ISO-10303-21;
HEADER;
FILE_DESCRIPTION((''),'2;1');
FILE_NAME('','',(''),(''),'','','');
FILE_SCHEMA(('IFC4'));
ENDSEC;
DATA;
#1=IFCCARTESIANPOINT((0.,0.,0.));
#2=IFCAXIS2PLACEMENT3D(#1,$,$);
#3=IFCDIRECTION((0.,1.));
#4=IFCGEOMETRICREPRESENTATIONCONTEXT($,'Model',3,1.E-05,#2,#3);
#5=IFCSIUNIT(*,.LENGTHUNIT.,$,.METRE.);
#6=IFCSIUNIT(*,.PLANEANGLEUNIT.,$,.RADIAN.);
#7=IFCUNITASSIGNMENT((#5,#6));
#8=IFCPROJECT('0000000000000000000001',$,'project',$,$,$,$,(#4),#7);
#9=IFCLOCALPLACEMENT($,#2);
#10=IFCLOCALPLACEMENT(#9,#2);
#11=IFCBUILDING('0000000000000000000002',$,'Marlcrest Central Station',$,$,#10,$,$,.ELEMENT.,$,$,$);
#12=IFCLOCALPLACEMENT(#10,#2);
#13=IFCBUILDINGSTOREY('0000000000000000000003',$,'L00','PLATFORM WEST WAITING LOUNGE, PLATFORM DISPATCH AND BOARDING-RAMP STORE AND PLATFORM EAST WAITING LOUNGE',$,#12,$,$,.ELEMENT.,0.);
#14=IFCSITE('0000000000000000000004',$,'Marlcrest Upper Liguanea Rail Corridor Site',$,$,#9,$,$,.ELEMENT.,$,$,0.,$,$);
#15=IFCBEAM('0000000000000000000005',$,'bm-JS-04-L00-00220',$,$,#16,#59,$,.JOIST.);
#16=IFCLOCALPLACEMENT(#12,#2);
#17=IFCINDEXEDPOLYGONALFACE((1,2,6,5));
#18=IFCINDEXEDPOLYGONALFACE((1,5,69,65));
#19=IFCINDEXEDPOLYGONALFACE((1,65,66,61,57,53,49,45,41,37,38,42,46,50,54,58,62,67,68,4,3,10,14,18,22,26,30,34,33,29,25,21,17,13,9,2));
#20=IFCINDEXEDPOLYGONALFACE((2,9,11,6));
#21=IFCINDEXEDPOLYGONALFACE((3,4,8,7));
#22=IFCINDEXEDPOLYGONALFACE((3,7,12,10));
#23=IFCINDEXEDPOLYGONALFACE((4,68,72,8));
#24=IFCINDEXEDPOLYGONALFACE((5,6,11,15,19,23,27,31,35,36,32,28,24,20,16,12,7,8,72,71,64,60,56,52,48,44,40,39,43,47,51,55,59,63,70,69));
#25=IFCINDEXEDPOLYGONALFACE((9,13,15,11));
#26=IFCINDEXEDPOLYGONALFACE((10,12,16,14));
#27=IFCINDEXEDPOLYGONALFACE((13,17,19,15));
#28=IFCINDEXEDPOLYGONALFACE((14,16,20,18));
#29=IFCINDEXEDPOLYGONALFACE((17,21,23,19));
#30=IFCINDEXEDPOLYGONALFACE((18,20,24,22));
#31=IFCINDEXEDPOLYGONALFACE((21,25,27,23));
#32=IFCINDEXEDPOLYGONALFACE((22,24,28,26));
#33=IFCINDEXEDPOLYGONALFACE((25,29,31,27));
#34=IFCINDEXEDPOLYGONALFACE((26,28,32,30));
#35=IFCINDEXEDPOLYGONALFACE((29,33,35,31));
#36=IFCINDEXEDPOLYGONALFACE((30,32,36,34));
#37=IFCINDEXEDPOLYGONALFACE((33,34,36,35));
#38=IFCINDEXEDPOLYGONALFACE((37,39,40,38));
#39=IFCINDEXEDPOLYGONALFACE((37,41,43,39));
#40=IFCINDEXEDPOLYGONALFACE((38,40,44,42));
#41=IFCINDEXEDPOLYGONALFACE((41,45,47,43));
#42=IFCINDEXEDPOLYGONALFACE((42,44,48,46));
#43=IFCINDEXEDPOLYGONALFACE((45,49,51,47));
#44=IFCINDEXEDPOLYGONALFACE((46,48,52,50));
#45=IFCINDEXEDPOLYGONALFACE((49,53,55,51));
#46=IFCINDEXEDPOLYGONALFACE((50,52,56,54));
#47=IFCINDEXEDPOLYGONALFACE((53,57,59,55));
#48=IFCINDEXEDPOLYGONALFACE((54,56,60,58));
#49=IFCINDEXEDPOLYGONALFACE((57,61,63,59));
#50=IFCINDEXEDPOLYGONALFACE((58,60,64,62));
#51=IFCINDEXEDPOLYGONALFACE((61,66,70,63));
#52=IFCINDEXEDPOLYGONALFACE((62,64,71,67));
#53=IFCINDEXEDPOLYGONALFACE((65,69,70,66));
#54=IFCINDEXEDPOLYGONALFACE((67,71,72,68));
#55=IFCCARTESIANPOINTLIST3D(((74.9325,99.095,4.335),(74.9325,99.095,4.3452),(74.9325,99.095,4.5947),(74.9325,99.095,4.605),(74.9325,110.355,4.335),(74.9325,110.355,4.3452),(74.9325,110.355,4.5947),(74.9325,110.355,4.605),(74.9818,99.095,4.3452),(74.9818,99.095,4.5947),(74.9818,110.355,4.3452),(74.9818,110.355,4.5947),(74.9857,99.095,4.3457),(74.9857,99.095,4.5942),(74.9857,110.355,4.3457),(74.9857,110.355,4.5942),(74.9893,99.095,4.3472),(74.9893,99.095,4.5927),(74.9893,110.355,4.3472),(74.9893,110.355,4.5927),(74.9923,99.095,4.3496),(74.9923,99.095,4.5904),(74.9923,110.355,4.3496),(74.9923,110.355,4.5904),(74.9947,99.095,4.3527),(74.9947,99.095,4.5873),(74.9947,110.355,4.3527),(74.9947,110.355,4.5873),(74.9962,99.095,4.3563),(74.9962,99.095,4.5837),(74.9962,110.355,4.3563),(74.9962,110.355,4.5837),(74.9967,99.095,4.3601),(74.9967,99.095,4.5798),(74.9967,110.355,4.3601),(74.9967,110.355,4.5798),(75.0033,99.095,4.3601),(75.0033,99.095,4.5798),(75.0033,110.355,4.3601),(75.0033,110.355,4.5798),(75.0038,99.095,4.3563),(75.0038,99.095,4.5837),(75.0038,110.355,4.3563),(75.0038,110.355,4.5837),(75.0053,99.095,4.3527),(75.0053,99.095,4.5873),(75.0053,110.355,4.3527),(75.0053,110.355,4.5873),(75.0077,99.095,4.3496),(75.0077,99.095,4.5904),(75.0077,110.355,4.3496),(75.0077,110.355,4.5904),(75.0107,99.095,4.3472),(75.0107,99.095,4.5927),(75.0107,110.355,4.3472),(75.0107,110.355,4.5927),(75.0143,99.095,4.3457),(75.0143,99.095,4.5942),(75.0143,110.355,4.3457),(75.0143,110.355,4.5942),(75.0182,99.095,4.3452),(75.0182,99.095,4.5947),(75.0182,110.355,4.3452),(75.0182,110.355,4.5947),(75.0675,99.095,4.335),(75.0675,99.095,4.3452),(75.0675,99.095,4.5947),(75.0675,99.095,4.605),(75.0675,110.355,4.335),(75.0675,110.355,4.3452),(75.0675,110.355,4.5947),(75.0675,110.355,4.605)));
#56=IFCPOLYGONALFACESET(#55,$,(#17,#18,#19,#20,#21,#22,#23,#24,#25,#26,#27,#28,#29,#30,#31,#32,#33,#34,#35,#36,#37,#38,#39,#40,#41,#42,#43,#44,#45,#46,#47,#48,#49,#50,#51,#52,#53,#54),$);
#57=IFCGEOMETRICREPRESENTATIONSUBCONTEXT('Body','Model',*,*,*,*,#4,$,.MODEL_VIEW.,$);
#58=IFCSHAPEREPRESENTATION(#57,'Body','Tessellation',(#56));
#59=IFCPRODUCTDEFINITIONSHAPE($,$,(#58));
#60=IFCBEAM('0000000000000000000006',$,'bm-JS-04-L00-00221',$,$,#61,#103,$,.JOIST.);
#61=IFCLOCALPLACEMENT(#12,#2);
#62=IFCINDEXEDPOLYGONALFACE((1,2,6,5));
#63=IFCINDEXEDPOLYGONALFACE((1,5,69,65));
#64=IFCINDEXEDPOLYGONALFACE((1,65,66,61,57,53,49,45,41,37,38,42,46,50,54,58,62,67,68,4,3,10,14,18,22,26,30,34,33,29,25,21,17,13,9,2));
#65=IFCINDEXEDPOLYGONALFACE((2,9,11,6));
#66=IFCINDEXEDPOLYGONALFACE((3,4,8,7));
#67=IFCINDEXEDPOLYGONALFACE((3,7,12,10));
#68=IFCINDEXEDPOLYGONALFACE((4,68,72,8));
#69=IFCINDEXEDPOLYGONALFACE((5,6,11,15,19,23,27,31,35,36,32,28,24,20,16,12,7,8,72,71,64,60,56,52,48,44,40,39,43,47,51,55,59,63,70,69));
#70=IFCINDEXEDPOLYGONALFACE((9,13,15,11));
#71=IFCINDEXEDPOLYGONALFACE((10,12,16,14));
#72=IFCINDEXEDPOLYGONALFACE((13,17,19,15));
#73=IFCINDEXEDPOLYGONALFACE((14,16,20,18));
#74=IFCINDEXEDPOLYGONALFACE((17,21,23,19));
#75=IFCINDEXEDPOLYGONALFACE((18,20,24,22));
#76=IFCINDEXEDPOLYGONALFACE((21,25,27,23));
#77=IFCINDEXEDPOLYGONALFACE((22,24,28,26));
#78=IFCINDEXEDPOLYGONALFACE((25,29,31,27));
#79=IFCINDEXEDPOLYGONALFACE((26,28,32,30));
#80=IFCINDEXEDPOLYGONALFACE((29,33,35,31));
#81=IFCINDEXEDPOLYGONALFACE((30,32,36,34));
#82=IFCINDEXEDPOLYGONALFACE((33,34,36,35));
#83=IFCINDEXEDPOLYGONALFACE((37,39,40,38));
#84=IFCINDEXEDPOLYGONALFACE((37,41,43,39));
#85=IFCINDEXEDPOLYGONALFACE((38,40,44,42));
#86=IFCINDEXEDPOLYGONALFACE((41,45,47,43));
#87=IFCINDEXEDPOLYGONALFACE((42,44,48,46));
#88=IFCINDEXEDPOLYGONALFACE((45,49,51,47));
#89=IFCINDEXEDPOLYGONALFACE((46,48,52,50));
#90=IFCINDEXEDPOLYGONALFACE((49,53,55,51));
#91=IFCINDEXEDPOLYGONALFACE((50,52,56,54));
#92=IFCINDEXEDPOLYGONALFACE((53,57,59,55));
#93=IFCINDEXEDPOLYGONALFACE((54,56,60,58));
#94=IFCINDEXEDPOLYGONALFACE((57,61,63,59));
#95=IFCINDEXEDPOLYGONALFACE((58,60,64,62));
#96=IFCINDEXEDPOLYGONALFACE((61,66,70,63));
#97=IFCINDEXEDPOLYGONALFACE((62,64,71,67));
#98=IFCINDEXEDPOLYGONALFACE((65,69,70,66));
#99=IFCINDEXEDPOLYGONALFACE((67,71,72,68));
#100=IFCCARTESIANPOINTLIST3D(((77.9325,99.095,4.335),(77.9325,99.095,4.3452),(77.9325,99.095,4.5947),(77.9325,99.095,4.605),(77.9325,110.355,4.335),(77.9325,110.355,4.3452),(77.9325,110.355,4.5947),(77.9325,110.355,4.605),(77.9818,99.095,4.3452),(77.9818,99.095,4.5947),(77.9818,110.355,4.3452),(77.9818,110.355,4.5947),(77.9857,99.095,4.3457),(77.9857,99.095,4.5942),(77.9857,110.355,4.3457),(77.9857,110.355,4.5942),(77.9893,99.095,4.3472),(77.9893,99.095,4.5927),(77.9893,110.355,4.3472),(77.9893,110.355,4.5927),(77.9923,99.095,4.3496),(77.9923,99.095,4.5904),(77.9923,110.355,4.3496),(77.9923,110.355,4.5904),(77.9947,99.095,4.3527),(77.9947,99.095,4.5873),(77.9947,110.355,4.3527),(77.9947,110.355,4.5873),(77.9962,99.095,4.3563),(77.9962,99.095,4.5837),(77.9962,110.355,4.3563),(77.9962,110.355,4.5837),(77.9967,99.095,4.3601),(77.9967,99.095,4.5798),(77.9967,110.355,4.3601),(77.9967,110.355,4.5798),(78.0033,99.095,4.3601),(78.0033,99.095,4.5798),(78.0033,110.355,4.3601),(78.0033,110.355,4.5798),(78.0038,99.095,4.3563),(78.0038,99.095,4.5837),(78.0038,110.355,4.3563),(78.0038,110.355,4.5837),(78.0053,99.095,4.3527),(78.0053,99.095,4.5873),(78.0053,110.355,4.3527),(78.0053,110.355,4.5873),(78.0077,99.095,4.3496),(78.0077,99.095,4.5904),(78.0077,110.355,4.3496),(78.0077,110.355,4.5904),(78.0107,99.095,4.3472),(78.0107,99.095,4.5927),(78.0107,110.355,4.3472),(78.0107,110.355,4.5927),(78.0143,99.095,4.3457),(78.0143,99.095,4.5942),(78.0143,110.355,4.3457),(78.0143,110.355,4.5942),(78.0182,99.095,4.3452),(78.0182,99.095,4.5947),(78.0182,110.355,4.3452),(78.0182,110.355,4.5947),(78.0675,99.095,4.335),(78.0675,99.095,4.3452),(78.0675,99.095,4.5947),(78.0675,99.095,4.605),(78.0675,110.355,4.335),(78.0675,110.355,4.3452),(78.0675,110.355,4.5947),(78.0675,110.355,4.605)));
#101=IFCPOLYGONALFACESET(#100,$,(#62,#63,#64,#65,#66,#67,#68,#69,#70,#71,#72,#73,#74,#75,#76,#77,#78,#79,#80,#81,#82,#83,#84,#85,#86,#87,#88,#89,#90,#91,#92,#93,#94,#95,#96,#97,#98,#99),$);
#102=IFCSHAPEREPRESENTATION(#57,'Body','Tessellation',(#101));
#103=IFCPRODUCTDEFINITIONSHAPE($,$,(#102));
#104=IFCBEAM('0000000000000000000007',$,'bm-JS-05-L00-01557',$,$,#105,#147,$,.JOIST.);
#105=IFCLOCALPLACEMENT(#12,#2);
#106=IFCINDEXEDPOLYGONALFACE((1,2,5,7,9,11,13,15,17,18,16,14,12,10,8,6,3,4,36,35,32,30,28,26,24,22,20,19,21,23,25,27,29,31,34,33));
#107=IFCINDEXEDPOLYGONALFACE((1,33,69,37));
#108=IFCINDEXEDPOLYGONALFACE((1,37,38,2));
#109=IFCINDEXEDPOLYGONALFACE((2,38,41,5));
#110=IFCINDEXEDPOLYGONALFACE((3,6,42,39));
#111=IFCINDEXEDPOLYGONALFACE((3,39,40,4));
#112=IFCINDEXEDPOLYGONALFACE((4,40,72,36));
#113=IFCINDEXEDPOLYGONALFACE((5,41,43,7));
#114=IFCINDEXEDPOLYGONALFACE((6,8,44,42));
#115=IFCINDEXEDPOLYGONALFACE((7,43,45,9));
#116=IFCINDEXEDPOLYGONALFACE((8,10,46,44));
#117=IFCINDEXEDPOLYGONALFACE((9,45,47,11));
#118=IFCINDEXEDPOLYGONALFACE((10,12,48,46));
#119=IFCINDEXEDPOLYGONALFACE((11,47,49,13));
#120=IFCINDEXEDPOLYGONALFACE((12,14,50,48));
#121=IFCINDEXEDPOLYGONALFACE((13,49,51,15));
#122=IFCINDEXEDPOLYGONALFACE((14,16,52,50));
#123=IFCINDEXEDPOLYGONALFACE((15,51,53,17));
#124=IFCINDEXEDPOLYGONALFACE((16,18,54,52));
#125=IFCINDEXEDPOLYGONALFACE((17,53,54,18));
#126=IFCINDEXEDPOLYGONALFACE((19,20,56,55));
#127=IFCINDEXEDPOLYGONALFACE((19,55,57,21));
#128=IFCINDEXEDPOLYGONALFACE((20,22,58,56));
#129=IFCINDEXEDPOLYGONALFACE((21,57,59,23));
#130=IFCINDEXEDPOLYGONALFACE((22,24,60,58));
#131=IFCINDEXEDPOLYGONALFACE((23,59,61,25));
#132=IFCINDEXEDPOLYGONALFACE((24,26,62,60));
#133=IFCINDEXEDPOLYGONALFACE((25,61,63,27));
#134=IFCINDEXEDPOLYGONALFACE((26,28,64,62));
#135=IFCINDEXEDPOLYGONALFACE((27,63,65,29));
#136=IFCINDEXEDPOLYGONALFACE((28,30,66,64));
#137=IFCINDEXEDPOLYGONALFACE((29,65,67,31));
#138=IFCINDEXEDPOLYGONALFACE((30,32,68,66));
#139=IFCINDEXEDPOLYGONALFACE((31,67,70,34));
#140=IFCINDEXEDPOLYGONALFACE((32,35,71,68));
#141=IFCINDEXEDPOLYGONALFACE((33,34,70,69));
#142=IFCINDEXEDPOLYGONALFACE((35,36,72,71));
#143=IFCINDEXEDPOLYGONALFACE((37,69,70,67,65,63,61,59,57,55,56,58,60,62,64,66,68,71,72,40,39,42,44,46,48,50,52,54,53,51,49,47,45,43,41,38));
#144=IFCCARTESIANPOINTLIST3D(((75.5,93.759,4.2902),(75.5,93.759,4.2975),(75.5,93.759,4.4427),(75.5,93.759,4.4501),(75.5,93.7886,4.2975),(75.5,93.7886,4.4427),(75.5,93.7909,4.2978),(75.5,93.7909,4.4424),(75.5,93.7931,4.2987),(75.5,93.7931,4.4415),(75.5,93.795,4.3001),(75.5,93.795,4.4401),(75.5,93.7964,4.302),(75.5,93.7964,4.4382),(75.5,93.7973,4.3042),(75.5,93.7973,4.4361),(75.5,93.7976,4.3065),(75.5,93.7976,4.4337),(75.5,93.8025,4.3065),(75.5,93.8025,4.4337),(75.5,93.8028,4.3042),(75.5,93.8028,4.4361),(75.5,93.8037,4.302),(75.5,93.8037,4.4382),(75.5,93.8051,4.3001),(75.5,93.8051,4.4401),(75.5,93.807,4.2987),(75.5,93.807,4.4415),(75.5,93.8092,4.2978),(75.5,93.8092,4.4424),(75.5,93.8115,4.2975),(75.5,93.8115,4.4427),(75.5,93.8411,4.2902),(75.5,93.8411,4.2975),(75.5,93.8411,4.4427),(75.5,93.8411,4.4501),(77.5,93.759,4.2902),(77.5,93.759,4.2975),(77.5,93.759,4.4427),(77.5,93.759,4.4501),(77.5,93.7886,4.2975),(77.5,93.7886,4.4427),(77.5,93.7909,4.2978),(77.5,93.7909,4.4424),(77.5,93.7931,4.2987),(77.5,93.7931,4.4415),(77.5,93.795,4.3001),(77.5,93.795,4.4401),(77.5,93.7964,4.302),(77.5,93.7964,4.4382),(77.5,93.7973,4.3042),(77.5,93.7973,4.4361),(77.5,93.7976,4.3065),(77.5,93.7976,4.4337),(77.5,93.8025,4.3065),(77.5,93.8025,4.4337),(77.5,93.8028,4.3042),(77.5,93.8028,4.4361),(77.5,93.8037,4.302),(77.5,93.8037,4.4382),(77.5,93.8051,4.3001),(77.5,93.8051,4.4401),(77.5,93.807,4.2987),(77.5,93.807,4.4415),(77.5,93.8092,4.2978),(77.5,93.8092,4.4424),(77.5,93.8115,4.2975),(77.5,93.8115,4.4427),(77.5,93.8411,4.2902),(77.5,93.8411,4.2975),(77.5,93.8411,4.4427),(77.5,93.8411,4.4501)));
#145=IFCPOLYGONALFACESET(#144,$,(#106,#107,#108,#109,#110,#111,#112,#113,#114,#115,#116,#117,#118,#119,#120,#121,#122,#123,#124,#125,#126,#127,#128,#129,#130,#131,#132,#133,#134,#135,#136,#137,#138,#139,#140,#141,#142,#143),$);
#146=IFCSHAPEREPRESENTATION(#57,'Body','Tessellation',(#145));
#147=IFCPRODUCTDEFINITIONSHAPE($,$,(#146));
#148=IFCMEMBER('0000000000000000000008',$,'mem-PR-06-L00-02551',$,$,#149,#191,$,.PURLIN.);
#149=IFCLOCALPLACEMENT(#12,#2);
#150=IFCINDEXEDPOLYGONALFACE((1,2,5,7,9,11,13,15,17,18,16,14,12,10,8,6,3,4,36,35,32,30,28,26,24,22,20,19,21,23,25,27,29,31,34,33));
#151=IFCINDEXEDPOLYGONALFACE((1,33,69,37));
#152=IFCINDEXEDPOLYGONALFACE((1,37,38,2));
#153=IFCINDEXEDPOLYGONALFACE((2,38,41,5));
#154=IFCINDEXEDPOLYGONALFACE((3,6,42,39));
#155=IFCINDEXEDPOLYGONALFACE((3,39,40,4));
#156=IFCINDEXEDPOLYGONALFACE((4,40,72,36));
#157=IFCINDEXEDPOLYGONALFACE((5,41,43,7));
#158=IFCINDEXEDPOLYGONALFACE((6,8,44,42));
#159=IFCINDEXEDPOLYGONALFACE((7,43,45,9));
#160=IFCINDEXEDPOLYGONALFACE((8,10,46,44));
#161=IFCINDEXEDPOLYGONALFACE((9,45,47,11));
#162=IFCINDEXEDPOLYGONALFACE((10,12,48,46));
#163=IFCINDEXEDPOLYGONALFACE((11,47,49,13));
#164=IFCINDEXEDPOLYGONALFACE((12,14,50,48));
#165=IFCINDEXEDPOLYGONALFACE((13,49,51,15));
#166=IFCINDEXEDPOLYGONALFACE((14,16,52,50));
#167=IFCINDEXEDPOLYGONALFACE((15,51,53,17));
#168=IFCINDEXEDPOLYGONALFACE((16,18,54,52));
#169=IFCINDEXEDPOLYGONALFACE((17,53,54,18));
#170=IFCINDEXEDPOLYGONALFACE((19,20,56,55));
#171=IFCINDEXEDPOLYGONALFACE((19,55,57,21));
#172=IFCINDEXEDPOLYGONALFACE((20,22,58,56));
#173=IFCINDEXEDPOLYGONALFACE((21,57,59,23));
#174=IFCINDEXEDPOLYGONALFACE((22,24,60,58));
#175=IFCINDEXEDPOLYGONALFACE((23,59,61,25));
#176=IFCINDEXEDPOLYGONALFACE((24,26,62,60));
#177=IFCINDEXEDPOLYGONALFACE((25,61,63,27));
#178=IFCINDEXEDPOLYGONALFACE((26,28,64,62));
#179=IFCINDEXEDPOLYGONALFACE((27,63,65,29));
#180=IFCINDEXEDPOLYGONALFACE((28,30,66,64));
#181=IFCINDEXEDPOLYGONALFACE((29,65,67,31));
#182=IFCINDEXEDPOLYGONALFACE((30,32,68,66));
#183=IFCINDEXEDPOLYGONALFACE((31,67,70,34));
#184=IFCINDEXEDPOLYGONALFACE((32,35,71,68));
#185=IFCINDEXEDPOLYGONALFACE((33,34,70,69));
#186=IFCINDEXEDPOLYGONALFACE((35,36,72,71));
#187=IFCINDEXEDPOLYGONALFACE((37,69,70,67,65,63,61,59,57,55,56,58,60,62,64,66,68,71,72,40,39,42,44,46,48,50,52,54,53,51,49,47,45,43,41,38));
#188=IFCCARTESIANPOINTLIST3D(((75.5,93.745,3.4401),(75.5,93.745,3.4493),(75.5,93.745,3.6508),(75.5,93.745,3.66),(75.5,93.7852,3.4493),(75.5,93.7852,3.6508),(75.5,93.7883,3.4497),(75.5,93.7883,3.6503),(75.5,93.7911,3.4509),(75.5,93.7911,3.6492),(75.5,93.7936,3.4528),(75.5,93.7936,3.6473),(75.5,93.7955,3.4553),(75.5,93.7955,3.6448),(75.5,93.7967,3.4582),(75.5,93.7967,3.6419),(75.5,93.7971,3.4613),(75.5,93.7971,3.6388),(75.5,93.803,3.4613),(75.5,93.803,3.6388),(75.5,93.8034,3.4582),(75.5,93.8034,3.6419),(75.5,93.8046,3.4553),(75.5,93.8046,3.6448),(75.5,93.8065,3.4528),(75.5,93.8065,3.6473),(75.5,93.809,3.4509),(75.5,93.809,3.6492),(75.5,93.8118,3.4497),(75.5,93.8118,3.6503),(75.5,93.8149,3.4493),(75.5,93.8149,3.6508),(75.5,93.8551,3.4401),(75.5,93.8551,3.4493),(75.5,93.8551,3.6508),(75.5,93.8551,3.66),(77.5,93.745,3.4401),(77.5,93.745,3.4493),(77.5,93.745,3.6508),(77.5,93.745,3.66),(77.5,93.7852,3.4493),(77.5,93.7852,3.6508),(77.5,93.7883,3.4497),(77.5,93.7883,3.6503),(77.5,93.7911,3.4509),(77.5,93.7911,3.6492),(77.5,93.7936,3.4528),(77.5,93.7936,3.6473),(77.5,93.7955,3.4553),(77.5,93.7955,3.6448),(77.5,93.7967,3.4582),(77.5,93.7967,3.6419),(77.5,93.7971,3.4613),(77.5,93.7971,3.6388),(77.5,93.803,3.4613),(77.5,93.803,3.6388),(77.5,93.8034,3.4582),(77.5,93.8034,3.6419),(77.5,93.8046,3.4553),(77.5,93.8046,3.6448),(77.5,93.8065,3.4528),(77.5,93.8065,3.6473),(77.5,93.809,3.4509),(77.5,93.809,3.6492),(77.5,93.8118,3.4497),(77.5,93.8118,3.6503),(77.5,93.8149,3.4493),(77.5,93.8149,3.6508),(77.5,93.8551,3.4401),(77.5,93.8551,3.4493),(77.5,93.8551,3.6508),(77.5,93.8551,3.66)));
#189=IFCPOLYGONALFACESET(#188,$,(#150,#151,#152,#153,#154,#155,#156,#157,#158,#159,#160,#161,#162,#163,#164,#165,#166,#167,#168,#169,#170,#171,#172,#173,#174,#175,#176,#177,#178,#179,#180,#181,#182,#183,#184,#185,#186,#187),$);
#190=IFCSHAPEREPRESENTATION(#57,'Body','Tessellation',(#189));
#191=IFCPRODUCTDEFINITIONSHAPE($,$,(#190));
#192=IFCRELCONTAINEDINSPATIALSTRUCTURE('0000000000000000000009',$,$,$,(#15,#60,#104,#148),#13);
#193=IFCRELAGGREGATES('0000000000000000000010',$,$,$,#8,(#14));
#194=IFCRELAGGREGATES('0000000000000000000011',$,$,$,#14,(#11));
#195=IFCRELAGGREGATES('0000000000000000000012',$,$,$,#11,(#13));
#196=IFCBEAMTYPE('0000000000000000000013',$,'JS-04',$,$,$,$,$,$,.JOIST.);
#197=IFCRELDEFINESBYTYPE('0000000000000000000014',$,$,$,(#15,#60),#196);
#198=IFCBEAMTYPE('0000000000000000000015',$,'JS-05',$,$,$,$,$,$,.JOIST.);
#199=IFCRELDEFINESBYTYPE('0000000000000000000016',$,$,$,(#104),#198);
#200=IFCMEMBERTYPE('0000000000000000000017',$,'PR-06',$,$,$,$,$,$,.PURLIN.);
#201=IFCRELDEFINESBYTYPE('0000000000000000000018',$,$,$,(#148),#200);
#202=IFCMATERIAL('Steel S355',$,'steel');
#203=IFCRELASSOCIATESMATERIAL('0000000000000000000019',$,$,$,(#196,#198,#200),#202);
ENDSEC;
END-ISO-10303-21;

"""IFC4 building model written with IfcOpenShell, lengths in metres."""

from ifc_helpers import new_model, si_unit, direction, frame, origin, origin_2d, place, context, subcontext, project, spatial, i_section, extrude, material, material_profile, profile_set, type_object, element, save


model = new_model("IFC4")

# Units and contexts
model_context = context("Model", 3, precision=1e-05, world=origin(), true_north=direction((0.0, 1.0)))
body_context = subcontext(model_context, "Body", "Model", "MODEL_VIEW")
ifc_project = project(units=[si_unit("LENGTHUNIT", "METRE"), si_unit("PLANEANGLEUNIT", "RADIAN")], contexts=[model_context])

# Site, building, storey
site_placement = place(None, origin())
site = spatial("IfcSite", under=ifc_project, at=site_placement, Name="Marlcrest Upper Liguanea Rail Corridor Site", CompositionType="ELEMENT", RefElevation=0.0)
building_placement = place(site_placement, origin())
building = spatial("IfcBuilding", under=site, at=building_placement, Name="Marlcrest Central Station", CompositionType="ELEMENT")
storey_placement = place(building_placement, origin())
storey = spatial("IfcBuildingStorey", under=building, at=storey_placement, Name="L00", Description="PLATFORM WEST WAITING LOUNGE, PLATFORM DISPATCH AND BOARDING-RAMP STORE AND PLATFORM EAST WAITING LOUNGE", CompositionType="ELEMENT", Elevation=0.0)

# Shared definitions
ifc_material_1 = material(Name="Steel S355", Category="steel")

# Beams
ifc_material_profile_1 = material_profile(ifc_material_1, i_section(OverallWidth=0.135, OverallDepth=0.27, WebThickness=0.0066, FlangeThickness=0.0103, FilletRadius=0.0149, at=origin_2d()), Name="IPE 270")
ifc_profile_set_1 = profile_set([ifc_material_profile_1], Name="Steel S355")
beam_type_1 = type_object("IfcBeamType", Name="JS-04", PredefinedType="JOIST", material=ifc_profile_set_1)
for number, where, z_axis, x_axis, name in (
    (1, (75.0, 99.095, 4.47), (0.0, 1.0, 0.0), (-1.0, 0.0, 0.0), "bm-JS-04-L00-00220"),
    (2, (78.0, 99.095, 4.47), (0.0, 1.0, 0.0), (-1.0, 0.0, 0.0), "bm-JS-04-L00-00221"),
):
    element("IfcBeam", number, at=place(storey_placement, frame(where, z_axis=z_axis, x_axis=x_axis)), inside=storey, type_object=beam_type_1, Name=name, PredefinedType="JOIST", context=body_context, shape_type="SweptSolid", body=[
        extrude(i_section(OverallWidth=0.135, OverallDepth=0.27, WebThickness=0.0066, FlangeThickness=0.0103, FilletRadius=0.0149, at=origin_2d()), origin(), (0.0, 0.0, 1.0), 11.26),
    ])
ifc_material_profile_2 = material_profile(ifc_material_1, i_section(OverallWidth=0.082, OverallDepth=0.1599, WebThickness=0.0049, FlangeThickness=0.0073, FilletRadius=0.009, at=origin_2d()), Name="IPE 160")
ifc_profile_set_2 = profile_set([ifc_material_profile_2], Name="Steel S355")
beam_type_2 = type_object("IfcBeamType", Name="JS-05", PredefinedType="JOIST", material=ifc_profile_set_2)
beam_1_placement = place(storey_placement, frame((75.5, 93.8, 4.3701), z_axis=(1.0, 0.0, 0.0), x_axis=(0.0, 1.0, 0.0)))
element("IfcBeam", 3, at=beam_1_placement, inside=storey, type_object=beam_type_2, Name="bm-JS-05-L00-01557", PredefinedType="JOIST", context=body_context, shape_type="SweptSolid", body=[
    extrude(i_section(OverallWidth=0.082, OverallDepth=0.1599, WebThickness=0.0049, FlangeThickness=0.0073, FilletRadius=0.009, at=origin_2d()), origin(), (0.0, 0.0, 1.0), 2.0),
])

# Member
ifc_material_profile_3 = material_profile(ifc_material_1, i_section(OverallWidth=0.1101, OverallDepth=0.22, WebThickness=0.0059, FlangeThickness=0.0093, FilletRadius=0.012, at=origin_2d()), Name="IPE 220")
ifc_profile_set_3 = profile_set([ifc_material_profile_3], Name="Steel S355")
member_type = type_object("IfcMemberType", Name="PR-06", PredefinedType="PURLIN", material=ifc_profile_set_3)
member_placement = place(storey_placement, frame((75.5, 93.8, 3.55), z_axis=(1.0, 0.0, 0.0), x_axis=(0.0, 1.0, 0.0)))
element("IfcMember", 4, at=member_placement, inside=storey, type_object=member_type, Name="mem-PR-06-L00-02551", PredefinedType="PURLIN", context=body_context, shape_type="SweptSolid", body=[
    extrude(i_section(OverallWidth=0.1101, OverallDepth=0.22, WebThickness=0.0059, FlangeThickness=0.0093, FilletRadius=0.012, at=origin_2d()), origin(), (0.0, 0.0, 1.0), 2.0),
])

save(model, "model.ifc")
